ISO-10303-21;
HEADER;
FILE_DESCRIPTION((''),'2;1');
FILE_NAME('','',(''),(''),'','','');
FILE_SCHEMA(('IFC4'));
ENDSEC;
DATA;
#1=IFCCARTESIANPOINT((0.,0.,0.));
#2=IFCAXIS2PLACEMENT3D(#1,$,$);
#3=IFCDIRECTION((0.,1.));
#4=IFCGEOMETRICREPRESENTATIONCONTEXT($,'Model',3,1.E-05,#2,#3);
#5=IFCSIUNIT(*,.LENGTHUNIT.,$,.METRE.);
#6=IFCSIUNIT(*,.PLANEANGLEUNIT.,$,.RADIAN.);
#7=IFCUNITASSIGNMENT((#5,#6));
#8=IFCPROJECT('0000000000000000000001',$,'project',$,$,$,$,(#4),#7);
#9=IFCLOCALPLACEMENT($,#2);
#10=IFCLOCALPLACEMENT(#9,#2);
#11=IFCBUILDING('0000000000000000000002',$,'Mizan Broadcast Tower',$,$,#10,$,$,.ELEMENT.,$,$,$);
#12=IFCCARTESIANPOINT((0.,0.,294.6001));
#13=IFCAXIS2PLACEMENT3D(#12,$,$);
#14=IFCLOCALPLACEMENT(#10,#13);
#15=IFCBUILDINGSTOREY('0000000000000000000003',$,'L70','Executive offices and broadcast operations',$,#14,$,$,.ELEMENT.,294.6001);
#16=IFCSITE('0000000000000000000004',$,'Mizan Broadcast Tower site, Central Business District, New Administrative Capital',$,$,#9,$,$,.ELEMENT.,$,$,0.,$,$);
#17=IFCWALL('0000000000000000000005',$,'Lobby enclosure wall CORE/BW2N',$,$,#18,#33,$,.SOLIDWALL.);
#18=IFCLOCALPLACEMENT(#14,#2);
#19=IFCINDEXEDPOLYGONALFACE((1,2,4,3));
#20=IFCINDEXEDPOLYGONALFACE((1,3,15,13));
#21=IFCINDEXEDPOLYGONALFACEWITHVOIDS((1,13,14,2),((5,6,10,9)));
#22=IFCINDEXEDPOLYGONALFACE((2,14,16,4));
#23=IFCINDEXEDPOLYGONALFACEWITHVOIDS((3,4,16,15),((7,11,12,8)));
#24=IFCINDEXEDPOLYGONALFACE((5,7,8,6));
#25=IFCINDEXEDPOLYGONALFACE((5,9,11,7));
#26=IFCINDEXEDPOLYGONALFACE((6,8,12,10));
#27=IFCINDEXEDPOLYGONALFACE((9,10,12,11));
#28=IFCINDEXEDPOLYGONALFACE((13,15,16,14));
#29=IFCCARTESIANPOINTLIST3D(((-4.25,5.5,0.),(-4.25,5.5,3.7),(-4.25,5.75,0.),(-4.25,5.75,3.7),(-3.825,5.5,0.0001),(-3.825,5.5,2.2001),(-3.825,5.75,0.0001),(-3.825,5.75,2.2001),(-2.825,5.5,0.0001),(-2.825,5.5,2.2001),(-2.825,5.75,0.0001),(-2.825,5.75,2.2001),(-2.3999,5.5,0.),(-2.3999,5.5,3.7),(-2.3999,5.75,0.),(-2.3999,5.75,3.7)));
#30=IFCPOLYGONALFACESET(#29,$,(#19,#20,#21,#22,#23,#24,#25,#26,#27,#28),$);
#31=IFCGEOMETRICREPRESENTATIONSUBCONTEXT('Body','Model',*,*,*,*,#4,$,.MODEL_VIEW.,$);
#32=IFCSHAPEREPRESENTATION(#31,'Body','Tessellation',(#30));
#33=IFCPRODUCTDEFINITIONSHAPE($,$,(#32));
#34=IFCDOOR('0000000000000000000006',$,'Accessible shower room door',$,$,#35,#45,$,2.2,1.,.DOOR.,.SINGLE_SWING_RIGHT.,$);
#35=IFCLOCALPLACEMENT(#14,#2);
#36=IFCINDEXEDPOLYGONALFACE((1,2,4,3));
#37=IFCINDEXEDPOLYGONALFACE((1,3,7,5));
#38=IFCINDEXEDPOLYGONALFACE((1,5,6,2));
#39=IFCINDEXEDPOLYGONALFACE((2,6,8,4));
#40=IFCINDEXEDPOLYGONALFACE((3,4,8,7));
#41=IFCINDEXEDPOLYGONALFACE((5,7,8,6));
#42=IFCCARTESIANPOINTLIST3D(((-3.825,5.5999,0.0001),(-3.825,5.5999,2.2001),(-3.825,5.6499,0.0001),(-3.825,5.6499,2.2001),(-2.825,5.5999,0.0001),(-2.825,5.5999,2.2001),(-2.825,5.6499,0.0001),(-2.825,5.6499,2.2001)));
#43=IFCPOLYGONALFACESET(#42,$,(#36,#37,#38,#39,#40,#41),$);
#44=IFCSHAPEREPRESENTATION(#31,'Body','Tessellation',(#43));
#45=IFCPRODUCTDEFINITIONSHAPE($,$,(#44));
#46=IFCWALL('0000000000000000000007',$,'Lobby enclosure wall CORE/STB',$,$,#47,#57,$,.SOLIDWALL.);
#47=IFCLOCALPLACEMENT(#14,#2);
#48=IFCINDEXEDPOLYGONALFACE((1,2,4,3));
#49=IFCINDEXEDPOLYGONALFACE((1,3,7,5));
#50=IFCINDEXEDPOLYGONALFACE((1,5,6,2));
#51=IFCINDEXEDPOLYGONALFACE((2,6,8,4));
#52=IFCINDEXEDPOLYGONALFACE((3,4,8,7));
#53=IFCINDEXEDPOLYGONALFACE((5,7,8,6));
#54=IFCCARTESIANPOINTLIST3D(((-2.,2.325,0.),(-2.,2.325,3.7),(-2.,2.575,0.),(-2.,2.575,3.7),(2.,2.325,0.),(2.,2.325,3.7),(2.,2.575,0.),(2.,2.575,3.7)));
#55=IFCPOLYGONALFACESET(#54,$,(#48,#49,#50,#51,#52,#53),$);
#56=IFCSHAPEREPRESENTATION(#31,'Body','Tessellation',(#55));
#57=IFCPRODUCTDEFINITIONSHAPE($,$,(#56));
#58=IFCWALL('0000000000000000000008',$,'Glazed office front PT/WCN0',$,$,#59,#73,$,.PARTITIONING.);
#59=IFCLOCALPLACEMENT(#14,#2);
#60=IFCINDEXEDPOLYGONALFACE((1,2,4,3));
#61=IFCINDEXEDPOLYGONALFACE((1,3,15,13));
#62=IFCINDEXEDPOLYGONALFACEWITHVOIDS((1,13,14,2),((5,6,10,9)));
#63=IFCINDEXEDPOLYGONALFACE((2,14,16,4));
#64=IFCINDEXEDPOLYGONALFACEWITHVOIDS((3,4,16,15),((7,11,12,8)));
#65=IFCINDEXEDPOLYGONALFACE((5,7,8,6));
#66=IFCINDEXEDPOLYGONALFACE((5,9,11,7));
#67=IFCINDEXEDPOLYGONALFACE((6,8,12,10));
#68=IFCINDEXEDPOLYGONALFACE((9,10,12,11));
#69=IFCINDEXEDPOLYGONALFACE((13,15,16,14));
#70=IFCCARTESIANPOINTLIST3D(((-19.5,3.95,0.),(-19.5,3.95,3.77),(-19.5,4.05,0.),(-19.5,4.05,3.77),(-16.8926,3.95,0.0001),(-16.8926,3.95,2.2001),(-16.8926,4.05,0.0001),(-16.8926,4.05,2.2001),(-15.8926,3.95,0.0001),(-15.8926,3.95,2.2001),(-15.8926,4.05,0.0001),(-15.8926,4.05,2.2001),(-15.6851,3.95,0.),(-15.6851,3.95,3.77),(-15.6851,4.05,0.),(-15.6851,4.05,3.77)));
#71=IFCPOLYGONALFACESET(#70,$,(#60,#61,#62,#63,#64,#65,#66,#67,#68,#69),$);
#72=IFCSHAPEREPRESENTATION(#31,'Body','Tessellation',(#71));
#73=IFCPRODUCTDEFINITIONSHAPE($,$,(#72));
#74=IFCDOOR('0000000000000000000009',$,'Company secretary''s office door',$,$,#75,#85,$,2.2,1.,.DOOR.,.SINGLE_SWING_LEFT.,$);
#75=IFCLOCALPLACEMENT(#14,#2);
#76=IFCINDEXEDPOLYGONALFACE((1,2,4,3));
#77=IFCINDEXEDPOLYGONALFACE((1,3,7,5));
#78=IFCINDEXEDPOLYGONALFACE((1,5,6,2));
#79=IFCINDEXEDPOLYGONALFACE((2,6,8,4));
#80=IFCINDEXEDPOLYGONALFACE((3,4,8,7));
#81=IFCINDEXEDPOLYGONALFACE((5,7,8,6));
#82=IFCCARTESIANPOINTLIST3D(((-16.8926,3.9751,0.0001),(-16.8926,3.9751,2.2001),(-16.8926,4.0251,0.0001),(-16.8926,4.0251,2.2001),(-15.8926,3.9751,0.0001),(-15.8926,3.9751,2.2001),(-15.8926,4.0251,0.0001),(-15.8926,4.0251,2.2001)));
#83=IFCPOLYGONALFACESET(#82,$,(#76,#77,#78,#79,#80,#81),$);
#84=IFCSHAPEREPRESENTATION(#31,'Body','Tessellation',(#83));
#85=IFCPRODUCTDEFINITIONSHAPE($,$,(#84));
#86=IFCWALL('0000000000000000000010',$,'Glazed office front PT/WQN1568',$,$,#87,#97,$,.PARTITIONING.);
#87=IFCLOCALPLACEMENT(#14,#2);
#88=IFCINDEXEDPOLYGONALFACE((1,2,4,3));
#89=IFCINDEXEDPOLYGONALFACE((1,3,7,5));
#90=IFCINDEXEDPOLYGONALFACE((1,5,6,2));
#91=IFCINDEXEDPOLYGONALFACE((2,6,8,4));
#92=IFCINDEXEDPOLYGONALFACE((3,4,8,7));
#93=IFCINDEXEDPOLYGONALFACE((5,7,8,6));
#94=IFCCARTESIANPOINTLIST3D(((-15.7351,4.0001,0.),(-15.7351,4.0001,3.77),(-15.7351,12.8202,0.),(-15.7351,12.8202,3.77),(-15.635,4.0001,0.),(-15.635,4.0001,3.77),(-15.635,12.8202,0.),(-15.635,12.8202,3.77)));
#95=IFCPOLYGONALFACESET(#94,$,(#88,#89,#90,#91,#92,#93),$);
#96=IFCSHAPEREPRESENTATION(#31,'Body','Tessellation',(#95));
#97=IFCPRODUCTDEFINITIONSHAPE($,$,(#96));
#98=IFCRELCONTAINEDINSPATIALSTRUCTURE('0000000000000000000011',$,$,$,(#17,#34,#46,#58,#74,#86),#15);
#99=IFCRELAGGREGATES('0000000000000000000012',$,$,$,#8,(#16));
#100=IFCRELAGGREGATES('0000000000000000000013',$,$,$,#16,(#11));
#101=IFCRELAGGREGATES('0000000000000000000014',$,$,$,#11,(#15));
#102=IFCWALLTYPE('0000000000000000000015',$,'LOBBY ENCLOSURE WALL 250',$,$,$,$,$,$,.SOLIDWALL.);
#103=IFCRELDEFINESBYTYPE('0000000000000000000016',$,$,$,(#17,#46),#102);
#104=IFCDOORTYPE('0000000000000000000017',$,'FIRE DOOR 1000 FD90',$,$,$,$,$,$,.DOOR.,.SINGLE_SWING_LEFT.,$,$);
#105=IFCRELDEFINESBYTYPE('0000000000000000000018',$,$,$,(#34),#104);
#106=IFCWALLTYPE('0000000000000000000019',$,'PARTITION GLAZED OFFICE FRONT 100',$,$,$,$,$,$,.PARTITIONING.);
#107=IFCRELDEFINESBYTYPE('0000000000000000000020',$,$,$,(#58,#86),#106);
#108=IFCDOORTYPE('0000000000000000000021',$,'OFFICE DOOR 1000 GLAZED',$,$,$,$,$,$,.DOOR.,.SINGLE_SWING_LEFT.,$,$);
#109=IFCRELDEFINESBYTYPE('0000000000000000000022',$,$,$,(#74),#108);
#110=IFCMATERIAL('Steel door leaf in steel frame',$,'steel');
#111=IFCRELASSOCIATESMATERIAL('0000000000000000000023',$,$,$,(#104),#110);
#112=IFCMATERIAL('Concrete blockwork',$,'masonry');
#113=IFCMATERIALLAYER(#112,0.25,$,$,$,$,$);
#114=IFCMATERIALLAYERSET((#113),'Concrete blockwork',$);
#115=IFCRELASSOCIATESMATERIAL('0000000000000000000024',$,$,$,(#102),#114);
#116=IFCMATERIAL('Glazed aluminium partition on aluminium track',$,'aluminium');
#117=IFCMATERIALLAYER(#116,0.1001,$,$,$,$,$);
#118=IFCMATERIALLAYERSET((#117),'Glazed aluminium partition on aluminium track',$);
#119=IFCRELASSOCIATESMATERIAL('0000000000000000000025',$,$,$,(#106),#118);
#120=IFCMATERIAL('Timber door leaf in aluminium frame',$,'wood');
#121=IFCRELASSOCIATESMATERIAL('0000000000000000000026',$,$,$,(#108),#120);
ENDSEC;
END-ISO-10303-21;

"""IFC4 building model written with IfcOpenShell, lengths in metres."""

from ifc_helpers import new_model, si_unit, direction, frame, frame_2d, origin, place, context, subcontext, project, spatial, rectangle, extrude, material, layer, layer_set, type_object, element, fill, save


model = new_model("IFC4")

# Units and contexts
model_context = context("Model", 3, precision=1e-05, world=origin(), true_north=direction((0.0, 1.0)))
body_context = subcontext(model_context, "Body", "Model", "MODEL_VIEW")
ifc_project = project(units=[si_unit("LENGTHUNIT", "METRE"), si_unit("PLANEANGLEUNIT", "RADIAN")], contexts=[model_context])

# Site, building, storey
site_placement = place(None, origin())
site = spatial("IfcSite", under=ifc_project, at=site_placement, Name="Mizan Broadcast Tower site, Central Business District, New Administrative Capital", CompositionType="ELEMENT", RefElevation=0.0)
building_placement = place(site_placement, origin())
building = spatial("IfcBuilding", under=site, at=building_placement, Name="Mizan Broadcast Tower", CompositionType="ELEMENT")
storey_placement = place(building_placement, frame((0.0, 0.0, 294.6001)))
storey = spatial("IfcBuildingStorey", under=building, at=storey_placement, Name="L70", Description="Executive offices and broadcast operations", CompositionType="ELEMENT", Elevation=294.6001)

# Wall, opening, door
ifc_material_1 = material(Name="Steel door leaf in steel frame", Category="steel")
door_type_1 = type_object("IfcDoorType", Name="FIRE DOOR 1000 FD90", OperationType="SINGLE_SWING_LEFT", PredefinedType="DOOR", material=ifc_material_1)
ifc_material_2 = material(Name="Concrete blockwork", Category="masonry")
ifc_layer_1 = layer(ifc_material_2, 0.25)
ifc_layer_set_1 = layer_set([ifc_layer_1], Name="Concrete blockwork")
wall_type_1 = type_object("IfcWallType", Name="LOBBY ENCLOSURE WALL 250", PredefinedType="SOLIDWALL", material=ifc_layer_set_1)
wall_1_placement = place(storey_placement, frame((-4.25, 5.625, 0.0), z_axis=(0.0, 0.0, 1.0), x_axis=(1.0, 0.0, 0.0)))
wall_1 = element("IfcWall", 1, at=wall_1_placement, inside=storey, type_object=wall_type_1, Name="Lobby enclosure wall CORE/BW2N", PredefinedType="SOLIDWALL", context=body_context, shape_type="SweptSolid", body=[
    extrude(rectangle(XDim=1.8501, YDim=0.25, at=frame_2d((0.925, 0.0))), origin(), (0.0, 0.0, 1.0), 3.7),
])
opening_1_placement = place(wall_1_placement, frame((0.425, 0.0, 0.0)))
opening_1 = element("IfcOpeningElement", 2, at=opening_1_placement, cuts=wall_1, PredefinedType="OPENING", context=body_context, shape_type="SweptSolid", body=[
    extrude(rectangle(XDim=1.0, YDim=2.2, at=frame_2d((0.5, 1.1001))), frame((0.0, 0.135, 0.0), z_axis=(0.0, -1.0, 0.0), x_axis=(1.0, 0.0, 0.0)), (0.0, 0.0, 1.0), 0.27),
])
door_1_placement = place(opening_1_placement, origin())
door_1 = element("IfcDoor", 3, at=door_1_placement, inside=storey, type_object=door_type_1, Name="Accessible shower room door", OperationType="SINGLE_SWING_RIGHT", OverallHeight=2.2, OverallWidth=1.0, PredefinedType="DOOR", context=body_context, shape_type="SweptSolid", body=[
    extrude(rectangle(XDim=1.0, YDim=2.2, at=frame_2d((0.5, 1.1001))), frame((0.0, 0.0249, 0.0), z_axis=(0.0, -1.0, 0.0), x_axis=(1.0, 0.0, 0.0)), (0.0, 0.0, 1.0), 0.05),
])
fill(opening_1, door_1)

# Wall
wall_2_placement = place(storey_placement, frame((-2.0, 2.45, 0.0), z_axis=(0.0, 0.0, 1.0), x_axis=(1.0, 0.0, 0.0)))
element("IfcWall", 4, at=wall_2_placement, inside=storey, type_object=wall_type_1, Name="Lobby enclosure wall CORE/STB", PredefinedType="SOLIDWALL", context=body_context, shape_type="SweptSolid", body=[
    extrude(rectangle(XDim=4.0, YDim=0.25, at=frame_2d((2.0, 0.0))), origin(), (0.0, 0.0, 1.0), 3.7),
])

# Wall, opening, door
ifc_material_3 = material(Name="Glazed aluminium partition on aluminium track", Category="aluminium")
ifc_layer_2 = layer(ifc_material_3, 0.1001)
ifc_layer_set_2 = layer_set([ifc_layer_2], Name="Glazed aluminium partition on aluminium track")
wall_type_2 = type_object("IfcWallType", Name="PARTITION GLAZED OFFICE FRONT 100", PredefinedType="PARTITIONING", material=ifc_layer_set_2)
wall_3_placement = place(storey_placement, frame((-15.6851, 4.0, 0.0), z_axis=(0.0, 0.0, 1.0), x_axis=(-1.0, 0.0, 0.0)))
wall_3 = element("IfcWall", 5, at=wall_3_placement, inside=storey, type_object=wall_type_2, Name="Glazed office front PT/WCN0", PredefinedType="PARTITIONING", context=body_context, shape_type="SweptSolid", body=[
    extrude(rectangle(XDim=3.8149, YDim=0.1001, at=frame_2d((1.9075, 0.0))), origin(), (0.0, 0.0, 1.0), 3.77),
])
opening_2_placement = place(wall_3_placement, frame((0.2075, 0.0, 0.0)))
opening_2 = element("IfcOpeningElement", 6, at=opening_2_placement, cuts=wall_3, PredefinedType="OPENING", context=body_context, shape_type="SweptSolid", body=[
    extrude(rectangle(XDim=1.0, YDim=2.2, at=frame_2d((0.5, 1.1001))), frame((0.0, 0.0601, 0.0), z_axis=(0.0, -1.0, 0.0), x_axis=(1.0, 0.0, 0.0)), (0.0, 0.0, 1.0), 0.1201),
])
ifc_material_4 = material(Name="Timber door leaf in aluminium frame", Category="wood")
door_type_2 = type_object("IfcDoorType", Name="OFFICE DOOR 1000 GLAZED", OperationType="SINGLE_SWING_LEFT", PredefinedType="DOOR", material=ifc_material_4)
door_2_placement = place(opening_2_placement, origin())
door_2 = element("IfcDoor", 7, at=door_2_placement, inside=storey, type_object=door_type_2, Name="Company secretary's office door", OperationType="SINGLE_SWING_LEFT", OverallHeight=2.2, OverallWidth=1.0, PredefinedType="DOOR", context=body_context, shape_type="SweptSolid", body=[
    extrude(rectangle(XDim=1.0, YDim=2.2, at=frame_2d((0.5, 1.1001))), frame((0.0, 0.0249, 0.0), z_axis=(0.0, -1.0, 0.0), x_axis=(1.0, 0.0, 0.0)), (0.0, 0.0, 1.0), 0.05),
])
fill(opening_2, door_2)

# Wall
wall_4_placement = place(storey_placement, frame((-15.6851, 4.0, 0.0), z_axis=(0.0, 0.0, 1.0), x_axis=(0.0, 1.0, 0.0)))
element("IfcWall", 8, at=wall_4_placement, inside=storey, type_object=wall_type_2, Name="Glazed office front PT/WQN1568", PredefinedType="PARTITIONING", context=body_context, shape_type="SweptSolid", body=[
    extrude(rectangle(XDim=8.8201, YDim=0.1001, at=frame_2d((4.4102, 0.0))), origin(), (0.0, 0.0, 1.0), 3.77),
])

save(model, "model.ifc")
